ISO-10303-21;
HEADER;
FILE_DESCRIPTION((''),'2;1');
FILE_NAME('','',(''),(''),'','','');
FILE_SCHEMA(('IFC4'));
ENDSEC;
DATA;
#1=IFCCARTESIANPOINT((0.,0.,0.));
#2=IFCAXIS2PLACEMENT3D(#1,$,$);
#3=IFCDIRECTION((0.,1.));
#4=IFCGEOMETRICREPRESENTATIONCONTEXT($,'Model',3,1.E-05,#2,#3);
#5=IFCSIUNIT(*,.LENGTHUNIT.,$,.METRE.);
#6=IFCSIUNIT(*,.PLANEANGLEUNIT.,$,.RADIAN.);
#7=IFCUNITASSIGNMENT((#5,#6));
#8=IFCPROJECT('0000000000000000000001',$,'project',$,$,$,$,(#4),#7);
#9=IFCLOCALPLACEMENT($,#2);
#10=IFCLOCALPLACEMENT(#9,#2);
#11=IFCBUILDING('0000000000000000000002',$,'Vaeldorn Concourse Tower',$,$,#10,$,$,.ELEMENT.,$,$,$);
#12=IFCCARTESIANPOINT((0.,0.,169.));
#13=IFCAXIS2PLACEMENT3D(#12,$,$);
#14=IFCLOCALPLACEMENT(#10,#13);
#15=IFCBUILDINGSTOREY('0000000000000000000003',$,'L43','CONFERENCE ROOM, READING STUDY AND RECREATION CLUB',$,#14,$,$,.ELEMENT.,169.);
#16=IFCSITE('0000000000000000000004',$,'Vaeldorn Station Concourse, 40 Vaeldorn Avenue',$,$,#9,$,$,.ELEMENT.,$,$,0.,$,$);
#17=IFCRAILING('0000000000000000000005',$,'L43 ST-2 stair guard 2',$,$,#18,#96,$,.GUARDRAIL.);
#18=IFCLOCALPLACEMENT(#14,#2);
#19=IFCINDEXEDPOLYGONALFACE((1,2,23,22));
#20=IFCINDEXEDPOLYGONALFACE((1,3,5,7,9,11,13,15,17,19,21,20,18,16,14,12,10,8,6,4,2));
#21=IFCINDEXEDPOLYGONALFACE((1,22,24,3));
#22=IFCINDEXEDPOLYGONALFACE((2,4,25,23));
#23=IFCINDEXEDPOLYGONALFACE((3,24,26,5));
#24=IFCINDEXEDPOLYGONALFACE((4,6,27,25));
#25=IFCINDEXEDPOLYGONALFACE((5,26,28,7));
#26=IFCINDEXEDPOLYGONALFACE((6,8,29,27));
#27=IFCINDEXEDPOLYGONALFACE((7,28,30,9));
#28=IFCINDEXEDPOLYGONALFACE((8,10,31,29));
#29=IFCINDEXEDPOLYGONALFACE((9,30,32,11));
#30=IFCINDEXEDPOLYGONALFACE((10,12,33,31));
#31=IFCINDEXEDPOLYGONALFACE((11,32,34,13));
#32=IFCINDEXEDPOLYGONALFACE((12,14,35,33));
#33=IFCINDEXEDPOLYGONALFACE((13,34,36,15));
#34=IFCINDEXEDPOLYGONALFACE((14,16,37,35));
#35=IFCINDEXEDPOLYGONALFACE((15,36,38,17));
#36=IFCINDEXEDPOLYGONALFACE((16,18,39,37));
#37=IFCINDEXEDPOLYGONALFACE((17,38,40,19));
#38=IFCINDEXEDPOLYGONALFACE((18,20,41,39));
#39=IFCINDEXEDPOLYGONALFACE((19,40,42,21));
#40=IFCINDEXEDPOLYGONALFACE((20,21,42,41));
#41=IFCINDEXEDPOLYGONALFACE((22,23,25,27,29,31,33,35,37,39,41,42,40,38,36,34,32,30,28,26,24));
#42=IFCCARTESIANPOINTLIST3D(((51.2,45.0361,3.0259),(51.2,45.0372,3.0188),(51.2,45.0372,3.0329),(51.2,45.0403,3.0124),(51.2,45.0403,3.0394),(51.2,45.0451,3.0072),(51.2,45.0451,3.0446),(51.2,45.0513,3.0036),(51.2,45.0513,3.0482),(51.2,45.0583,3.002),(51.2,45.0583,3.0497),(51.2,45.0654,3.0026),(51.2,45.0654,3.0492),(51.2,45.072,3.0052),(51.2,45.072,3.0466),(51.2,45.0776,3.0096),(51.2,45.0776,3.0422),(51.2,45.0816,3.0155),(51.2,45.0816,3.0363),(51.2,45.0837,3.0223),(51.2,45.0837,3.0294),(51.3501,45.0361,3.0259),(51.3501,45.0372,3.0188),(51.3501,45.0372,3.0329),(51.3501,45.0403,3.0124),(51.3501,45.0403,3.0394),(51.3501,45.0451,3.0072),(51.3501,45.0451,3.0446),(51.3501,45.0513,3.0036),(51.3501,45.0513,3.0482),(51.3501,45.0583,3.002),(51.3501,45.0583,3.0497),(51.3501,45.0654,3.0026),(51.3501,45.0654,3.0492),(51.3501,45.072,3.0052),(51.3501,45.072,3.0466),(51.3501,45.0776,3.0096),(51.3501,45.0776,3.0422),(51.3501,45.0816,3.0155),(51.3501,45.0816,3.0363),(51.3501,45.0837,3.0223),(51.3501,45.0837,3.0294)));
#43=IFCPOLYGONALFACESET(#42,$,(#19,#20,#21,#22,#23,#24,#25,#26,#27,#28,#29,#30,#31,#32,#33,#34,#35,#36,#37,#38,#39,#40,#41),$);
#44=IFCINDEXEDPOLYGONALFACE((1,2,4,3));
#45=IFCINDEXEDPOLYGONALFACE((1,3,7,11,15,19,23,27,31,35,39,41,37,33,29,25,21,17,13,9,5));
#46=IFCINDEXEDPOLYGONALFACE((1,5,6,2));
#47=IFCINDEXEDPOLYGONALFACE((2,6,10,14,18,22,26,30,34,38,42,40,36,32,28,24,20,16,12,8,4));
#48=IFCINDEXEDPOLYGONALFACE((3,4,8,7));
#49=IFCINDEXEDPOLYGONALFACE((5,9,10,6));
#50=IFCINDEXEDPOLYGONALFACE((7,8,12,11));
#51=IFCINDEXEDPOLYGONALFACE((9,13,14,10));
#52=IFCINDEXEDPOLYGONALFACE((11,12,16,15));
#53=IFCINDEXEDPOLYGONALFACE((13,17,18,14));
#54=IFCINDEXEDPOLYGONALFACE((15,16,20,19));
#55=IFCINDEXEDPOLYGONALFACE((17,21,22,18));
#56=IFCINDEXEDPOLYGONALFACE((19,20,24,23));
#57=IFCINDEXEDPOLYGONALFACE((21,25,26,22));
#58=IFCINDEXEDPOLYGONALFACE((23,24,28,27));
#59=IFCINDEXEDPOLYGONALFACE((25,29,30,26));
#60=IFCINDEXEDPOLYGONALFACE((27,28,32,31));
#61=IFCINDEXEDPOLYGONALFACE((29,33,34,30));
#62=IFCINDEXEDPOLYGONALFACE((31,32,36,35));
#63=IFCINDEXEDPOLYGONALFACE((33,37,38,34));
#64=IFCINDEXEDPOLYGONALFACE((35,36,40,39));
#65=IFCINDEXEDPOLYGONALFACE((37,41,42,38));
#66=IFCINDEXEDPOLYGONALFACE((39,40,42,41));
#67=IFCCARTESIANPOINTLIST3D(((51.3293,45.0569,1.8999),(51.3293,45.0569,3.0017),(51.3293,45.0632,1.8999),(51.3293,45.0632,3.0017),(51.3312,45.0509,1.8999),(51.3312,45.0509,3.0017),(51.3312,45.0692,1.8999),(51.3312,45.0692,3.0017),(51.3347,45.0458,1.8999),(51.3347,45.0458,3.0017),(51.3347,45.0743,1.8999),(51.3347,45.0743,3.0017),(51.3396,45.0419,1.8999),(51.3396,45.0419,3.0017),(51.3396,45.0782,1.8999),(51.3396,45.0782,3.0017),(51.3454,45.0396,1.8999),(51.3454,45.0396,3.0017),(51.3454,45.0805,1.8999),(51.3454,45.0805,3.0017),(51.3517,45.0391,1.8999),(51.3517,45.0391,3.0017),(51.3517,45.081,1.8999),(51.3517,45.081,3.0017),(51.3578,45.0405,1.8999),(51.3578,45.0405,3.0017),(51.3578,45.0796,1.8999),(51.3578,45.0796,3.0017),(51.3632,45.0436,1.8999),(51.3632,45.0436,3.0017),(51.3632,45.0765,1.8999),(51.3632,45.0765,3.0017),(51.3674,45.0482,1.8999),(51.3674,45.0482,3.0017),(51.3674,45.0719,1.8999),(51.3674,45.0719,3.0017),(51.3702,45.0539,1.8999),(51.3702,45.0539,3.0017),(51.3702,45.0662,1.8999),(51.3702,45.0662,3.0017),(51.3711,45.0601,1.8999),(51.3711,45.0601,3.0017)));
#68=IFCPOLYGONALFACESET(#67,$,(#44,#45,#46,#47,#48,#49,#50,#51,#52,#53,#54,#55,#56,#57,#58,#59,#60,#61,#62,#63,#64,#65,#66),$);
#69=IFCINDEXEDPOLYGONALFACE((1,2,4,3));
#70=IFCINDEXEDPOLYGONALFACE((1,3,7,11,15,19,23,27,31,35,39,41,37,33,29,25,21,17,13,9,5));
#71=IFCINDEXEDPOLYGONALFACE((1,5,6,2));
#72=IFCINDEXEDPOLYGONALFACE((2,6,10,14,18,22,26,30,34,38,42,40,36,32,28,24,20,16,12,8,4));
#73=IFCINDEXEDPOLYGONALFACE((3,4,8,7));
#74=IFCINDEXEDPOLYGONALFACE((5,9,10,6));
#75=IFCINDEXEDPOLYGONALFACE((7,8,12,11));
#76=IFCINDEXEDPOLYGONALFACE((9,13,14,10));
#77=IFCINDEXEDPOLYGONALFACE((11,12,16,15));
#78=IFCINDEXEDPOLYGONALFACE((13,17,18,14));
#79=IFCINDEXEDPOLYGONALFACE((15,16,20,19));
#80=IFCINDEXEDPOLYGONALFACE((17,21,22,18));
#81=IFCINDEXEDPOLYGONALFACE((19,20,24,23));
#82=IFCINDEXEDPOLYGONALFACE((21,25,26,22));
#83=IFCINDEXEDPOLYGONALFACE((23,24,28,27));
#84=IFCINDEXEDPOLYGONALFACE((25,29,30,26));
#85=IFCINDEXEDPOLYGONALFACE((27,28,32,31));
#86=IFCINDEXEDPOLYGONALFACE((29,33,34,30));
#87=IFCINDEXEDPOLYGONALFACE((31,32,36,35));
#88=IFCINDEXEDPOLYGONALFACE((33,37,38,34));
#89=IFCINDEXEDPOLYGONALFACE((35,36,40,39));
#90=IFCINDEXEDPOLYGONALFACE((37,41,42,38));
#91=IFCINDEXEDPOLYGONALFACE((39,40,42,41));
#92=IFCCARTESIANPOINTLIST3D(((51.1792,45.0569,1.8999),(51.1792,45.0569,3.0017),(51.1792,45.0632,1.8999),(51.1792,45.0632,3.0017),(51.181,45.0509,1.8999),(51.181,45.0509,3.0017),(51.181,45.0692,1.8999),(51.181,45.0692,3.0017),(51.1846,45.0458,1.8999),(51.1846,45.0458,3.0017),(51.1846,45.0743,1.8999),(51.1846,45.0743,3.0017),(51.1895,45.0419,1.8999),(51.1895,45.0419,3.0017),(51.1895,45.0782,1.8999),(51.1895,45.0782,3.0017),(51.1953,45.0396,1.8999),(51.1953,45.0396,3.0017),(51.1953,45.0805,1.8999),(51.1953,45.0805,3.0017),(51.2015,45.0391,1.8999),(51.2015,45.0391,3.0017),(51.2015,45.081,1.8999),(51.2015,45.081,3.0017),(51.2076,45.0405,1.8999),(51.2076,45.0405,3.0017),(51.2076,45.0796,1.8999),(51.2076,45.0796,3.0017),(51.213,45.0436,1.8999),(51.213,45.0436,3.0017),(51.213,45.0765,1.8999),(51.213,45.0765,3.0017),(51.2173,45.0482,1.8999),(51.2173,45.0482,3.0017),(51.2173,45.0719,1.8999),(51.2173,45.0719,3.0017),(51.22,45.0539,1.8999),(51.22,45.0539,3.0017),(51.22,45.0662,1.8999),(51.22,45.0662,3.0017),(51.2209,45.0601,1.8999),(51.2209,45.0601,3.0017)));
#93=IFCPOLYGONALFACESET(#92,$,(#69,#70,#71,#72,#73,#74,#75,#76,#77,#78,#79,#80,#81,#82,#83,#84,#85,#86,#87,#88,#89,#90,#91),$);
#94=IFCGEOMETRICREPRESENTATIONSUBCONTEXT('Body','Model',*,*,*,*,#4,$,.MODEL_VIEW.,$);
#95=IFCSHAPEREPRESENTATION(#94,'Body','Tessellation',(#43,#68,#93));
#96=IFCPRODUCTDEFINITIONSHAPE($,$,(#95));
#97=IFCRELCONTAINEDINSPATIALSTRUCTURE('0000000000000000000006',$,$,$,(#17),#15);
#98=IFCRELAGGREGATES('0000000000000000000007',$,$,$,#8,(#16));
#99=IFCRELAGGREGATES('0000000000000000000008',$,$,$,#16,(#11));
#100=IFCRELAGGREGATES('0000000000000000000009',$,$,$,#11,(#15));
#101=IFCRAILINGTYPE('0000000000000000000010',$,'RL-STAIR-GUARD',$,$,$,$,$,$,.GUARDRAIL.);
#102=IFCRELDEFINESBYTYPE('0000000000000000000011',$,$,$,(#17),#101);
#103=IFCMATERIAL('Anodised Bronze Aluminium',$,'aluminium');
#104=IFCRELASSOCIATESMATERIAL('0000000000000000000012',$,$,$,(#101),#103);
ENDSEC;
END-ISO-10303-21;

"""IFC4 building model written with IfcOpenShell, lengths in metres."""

from ifc_helpers import new_model, si_unit, direction, frame, origin, origin_2d, place, context, subcontext, project, spatial, circle, extrude, material, type_object, element, save


model = new_model("IFC4")

# Units and contexts
model_context = context("Model", 3, precision=1e-05, world=origin(), true_north=direction((0.0, 1.0)))
body_context = subcontext(model_context, "Body", "Model", "MODEL_VIEW")
ifc_project = project(units=[si_unit("LENGTHUNIT", "METRE"), si_unit("PLANEANGLEUNIT", "RADIAN")], contexts=[model_context])

# Site, building, storey
site_placement = place(None, origin())
site = spatial("IfcSite", under=ifc_project, at=site_placement, Name="Vaeldorn Station Concourse, 40 Vaeldorn Avenue", CompositionType="ELEMENT", RefElevation=0.0)
building_placement = place(site_placement, origin())
building = spatial("IfcBuilding", under=site, at=building_placement, Name="Vaeldorn Concourse Tower", CompositionType="ELEMENT")
storey_placement = place(building_placement, frame((0.0, 0.0, 169.0)))
storey = spatial("IfcBuildingStorey", under=building, at=storey_placement, Name="L43", Description="CONFERENCE ROOM, READING STUDY AND RECREATION CLUB", CompositionType="ELEMENT", Elevation=169.0)

# Shared definitions
ifc_material_1 = material(Name="Anodised Bronze Aluminium", Category="aluminium")

# Railing
railing_type_1 = type_object("IfcRailingType", Name="RL-STAIR-GUARD", PredefinedType="GUARDRAIL", material=ifc_material_1)
railing_1_placement = place(storey_placement, frame((51.3501, 45.0601, 1.8999)))
element("IfcRailing", 1, at=railing_1_placement, inside=storey, type_object=railing_type_1, Name="L43 ST-2 stair guard 2", PredefinedType="GUARDRAIL", context=body_context, shape_type="SweptSolid", body=[
    extrude(circle(Radius=0.0239, at=origin_2d()), frame((0.0, 0.0, 1.126), z_axis=(-1.0, 0.0, 0.0), x_axis=(0.0, -1.0, 0.0)), (0.0, 0.0, 1.0), 0.1501),
    extrude(circle(Radius=0.021, at=origin_2d()), origin(), (0.0, 0.0, 1.0), 1.1018),
    extrude(circle(Radius=0.021, at=origin_2d()), frame((-0.1501, 0.0, 0.0)), (0.0, 0.0, 1.0), 1.1018),
])

save(model, "model.ifc")
